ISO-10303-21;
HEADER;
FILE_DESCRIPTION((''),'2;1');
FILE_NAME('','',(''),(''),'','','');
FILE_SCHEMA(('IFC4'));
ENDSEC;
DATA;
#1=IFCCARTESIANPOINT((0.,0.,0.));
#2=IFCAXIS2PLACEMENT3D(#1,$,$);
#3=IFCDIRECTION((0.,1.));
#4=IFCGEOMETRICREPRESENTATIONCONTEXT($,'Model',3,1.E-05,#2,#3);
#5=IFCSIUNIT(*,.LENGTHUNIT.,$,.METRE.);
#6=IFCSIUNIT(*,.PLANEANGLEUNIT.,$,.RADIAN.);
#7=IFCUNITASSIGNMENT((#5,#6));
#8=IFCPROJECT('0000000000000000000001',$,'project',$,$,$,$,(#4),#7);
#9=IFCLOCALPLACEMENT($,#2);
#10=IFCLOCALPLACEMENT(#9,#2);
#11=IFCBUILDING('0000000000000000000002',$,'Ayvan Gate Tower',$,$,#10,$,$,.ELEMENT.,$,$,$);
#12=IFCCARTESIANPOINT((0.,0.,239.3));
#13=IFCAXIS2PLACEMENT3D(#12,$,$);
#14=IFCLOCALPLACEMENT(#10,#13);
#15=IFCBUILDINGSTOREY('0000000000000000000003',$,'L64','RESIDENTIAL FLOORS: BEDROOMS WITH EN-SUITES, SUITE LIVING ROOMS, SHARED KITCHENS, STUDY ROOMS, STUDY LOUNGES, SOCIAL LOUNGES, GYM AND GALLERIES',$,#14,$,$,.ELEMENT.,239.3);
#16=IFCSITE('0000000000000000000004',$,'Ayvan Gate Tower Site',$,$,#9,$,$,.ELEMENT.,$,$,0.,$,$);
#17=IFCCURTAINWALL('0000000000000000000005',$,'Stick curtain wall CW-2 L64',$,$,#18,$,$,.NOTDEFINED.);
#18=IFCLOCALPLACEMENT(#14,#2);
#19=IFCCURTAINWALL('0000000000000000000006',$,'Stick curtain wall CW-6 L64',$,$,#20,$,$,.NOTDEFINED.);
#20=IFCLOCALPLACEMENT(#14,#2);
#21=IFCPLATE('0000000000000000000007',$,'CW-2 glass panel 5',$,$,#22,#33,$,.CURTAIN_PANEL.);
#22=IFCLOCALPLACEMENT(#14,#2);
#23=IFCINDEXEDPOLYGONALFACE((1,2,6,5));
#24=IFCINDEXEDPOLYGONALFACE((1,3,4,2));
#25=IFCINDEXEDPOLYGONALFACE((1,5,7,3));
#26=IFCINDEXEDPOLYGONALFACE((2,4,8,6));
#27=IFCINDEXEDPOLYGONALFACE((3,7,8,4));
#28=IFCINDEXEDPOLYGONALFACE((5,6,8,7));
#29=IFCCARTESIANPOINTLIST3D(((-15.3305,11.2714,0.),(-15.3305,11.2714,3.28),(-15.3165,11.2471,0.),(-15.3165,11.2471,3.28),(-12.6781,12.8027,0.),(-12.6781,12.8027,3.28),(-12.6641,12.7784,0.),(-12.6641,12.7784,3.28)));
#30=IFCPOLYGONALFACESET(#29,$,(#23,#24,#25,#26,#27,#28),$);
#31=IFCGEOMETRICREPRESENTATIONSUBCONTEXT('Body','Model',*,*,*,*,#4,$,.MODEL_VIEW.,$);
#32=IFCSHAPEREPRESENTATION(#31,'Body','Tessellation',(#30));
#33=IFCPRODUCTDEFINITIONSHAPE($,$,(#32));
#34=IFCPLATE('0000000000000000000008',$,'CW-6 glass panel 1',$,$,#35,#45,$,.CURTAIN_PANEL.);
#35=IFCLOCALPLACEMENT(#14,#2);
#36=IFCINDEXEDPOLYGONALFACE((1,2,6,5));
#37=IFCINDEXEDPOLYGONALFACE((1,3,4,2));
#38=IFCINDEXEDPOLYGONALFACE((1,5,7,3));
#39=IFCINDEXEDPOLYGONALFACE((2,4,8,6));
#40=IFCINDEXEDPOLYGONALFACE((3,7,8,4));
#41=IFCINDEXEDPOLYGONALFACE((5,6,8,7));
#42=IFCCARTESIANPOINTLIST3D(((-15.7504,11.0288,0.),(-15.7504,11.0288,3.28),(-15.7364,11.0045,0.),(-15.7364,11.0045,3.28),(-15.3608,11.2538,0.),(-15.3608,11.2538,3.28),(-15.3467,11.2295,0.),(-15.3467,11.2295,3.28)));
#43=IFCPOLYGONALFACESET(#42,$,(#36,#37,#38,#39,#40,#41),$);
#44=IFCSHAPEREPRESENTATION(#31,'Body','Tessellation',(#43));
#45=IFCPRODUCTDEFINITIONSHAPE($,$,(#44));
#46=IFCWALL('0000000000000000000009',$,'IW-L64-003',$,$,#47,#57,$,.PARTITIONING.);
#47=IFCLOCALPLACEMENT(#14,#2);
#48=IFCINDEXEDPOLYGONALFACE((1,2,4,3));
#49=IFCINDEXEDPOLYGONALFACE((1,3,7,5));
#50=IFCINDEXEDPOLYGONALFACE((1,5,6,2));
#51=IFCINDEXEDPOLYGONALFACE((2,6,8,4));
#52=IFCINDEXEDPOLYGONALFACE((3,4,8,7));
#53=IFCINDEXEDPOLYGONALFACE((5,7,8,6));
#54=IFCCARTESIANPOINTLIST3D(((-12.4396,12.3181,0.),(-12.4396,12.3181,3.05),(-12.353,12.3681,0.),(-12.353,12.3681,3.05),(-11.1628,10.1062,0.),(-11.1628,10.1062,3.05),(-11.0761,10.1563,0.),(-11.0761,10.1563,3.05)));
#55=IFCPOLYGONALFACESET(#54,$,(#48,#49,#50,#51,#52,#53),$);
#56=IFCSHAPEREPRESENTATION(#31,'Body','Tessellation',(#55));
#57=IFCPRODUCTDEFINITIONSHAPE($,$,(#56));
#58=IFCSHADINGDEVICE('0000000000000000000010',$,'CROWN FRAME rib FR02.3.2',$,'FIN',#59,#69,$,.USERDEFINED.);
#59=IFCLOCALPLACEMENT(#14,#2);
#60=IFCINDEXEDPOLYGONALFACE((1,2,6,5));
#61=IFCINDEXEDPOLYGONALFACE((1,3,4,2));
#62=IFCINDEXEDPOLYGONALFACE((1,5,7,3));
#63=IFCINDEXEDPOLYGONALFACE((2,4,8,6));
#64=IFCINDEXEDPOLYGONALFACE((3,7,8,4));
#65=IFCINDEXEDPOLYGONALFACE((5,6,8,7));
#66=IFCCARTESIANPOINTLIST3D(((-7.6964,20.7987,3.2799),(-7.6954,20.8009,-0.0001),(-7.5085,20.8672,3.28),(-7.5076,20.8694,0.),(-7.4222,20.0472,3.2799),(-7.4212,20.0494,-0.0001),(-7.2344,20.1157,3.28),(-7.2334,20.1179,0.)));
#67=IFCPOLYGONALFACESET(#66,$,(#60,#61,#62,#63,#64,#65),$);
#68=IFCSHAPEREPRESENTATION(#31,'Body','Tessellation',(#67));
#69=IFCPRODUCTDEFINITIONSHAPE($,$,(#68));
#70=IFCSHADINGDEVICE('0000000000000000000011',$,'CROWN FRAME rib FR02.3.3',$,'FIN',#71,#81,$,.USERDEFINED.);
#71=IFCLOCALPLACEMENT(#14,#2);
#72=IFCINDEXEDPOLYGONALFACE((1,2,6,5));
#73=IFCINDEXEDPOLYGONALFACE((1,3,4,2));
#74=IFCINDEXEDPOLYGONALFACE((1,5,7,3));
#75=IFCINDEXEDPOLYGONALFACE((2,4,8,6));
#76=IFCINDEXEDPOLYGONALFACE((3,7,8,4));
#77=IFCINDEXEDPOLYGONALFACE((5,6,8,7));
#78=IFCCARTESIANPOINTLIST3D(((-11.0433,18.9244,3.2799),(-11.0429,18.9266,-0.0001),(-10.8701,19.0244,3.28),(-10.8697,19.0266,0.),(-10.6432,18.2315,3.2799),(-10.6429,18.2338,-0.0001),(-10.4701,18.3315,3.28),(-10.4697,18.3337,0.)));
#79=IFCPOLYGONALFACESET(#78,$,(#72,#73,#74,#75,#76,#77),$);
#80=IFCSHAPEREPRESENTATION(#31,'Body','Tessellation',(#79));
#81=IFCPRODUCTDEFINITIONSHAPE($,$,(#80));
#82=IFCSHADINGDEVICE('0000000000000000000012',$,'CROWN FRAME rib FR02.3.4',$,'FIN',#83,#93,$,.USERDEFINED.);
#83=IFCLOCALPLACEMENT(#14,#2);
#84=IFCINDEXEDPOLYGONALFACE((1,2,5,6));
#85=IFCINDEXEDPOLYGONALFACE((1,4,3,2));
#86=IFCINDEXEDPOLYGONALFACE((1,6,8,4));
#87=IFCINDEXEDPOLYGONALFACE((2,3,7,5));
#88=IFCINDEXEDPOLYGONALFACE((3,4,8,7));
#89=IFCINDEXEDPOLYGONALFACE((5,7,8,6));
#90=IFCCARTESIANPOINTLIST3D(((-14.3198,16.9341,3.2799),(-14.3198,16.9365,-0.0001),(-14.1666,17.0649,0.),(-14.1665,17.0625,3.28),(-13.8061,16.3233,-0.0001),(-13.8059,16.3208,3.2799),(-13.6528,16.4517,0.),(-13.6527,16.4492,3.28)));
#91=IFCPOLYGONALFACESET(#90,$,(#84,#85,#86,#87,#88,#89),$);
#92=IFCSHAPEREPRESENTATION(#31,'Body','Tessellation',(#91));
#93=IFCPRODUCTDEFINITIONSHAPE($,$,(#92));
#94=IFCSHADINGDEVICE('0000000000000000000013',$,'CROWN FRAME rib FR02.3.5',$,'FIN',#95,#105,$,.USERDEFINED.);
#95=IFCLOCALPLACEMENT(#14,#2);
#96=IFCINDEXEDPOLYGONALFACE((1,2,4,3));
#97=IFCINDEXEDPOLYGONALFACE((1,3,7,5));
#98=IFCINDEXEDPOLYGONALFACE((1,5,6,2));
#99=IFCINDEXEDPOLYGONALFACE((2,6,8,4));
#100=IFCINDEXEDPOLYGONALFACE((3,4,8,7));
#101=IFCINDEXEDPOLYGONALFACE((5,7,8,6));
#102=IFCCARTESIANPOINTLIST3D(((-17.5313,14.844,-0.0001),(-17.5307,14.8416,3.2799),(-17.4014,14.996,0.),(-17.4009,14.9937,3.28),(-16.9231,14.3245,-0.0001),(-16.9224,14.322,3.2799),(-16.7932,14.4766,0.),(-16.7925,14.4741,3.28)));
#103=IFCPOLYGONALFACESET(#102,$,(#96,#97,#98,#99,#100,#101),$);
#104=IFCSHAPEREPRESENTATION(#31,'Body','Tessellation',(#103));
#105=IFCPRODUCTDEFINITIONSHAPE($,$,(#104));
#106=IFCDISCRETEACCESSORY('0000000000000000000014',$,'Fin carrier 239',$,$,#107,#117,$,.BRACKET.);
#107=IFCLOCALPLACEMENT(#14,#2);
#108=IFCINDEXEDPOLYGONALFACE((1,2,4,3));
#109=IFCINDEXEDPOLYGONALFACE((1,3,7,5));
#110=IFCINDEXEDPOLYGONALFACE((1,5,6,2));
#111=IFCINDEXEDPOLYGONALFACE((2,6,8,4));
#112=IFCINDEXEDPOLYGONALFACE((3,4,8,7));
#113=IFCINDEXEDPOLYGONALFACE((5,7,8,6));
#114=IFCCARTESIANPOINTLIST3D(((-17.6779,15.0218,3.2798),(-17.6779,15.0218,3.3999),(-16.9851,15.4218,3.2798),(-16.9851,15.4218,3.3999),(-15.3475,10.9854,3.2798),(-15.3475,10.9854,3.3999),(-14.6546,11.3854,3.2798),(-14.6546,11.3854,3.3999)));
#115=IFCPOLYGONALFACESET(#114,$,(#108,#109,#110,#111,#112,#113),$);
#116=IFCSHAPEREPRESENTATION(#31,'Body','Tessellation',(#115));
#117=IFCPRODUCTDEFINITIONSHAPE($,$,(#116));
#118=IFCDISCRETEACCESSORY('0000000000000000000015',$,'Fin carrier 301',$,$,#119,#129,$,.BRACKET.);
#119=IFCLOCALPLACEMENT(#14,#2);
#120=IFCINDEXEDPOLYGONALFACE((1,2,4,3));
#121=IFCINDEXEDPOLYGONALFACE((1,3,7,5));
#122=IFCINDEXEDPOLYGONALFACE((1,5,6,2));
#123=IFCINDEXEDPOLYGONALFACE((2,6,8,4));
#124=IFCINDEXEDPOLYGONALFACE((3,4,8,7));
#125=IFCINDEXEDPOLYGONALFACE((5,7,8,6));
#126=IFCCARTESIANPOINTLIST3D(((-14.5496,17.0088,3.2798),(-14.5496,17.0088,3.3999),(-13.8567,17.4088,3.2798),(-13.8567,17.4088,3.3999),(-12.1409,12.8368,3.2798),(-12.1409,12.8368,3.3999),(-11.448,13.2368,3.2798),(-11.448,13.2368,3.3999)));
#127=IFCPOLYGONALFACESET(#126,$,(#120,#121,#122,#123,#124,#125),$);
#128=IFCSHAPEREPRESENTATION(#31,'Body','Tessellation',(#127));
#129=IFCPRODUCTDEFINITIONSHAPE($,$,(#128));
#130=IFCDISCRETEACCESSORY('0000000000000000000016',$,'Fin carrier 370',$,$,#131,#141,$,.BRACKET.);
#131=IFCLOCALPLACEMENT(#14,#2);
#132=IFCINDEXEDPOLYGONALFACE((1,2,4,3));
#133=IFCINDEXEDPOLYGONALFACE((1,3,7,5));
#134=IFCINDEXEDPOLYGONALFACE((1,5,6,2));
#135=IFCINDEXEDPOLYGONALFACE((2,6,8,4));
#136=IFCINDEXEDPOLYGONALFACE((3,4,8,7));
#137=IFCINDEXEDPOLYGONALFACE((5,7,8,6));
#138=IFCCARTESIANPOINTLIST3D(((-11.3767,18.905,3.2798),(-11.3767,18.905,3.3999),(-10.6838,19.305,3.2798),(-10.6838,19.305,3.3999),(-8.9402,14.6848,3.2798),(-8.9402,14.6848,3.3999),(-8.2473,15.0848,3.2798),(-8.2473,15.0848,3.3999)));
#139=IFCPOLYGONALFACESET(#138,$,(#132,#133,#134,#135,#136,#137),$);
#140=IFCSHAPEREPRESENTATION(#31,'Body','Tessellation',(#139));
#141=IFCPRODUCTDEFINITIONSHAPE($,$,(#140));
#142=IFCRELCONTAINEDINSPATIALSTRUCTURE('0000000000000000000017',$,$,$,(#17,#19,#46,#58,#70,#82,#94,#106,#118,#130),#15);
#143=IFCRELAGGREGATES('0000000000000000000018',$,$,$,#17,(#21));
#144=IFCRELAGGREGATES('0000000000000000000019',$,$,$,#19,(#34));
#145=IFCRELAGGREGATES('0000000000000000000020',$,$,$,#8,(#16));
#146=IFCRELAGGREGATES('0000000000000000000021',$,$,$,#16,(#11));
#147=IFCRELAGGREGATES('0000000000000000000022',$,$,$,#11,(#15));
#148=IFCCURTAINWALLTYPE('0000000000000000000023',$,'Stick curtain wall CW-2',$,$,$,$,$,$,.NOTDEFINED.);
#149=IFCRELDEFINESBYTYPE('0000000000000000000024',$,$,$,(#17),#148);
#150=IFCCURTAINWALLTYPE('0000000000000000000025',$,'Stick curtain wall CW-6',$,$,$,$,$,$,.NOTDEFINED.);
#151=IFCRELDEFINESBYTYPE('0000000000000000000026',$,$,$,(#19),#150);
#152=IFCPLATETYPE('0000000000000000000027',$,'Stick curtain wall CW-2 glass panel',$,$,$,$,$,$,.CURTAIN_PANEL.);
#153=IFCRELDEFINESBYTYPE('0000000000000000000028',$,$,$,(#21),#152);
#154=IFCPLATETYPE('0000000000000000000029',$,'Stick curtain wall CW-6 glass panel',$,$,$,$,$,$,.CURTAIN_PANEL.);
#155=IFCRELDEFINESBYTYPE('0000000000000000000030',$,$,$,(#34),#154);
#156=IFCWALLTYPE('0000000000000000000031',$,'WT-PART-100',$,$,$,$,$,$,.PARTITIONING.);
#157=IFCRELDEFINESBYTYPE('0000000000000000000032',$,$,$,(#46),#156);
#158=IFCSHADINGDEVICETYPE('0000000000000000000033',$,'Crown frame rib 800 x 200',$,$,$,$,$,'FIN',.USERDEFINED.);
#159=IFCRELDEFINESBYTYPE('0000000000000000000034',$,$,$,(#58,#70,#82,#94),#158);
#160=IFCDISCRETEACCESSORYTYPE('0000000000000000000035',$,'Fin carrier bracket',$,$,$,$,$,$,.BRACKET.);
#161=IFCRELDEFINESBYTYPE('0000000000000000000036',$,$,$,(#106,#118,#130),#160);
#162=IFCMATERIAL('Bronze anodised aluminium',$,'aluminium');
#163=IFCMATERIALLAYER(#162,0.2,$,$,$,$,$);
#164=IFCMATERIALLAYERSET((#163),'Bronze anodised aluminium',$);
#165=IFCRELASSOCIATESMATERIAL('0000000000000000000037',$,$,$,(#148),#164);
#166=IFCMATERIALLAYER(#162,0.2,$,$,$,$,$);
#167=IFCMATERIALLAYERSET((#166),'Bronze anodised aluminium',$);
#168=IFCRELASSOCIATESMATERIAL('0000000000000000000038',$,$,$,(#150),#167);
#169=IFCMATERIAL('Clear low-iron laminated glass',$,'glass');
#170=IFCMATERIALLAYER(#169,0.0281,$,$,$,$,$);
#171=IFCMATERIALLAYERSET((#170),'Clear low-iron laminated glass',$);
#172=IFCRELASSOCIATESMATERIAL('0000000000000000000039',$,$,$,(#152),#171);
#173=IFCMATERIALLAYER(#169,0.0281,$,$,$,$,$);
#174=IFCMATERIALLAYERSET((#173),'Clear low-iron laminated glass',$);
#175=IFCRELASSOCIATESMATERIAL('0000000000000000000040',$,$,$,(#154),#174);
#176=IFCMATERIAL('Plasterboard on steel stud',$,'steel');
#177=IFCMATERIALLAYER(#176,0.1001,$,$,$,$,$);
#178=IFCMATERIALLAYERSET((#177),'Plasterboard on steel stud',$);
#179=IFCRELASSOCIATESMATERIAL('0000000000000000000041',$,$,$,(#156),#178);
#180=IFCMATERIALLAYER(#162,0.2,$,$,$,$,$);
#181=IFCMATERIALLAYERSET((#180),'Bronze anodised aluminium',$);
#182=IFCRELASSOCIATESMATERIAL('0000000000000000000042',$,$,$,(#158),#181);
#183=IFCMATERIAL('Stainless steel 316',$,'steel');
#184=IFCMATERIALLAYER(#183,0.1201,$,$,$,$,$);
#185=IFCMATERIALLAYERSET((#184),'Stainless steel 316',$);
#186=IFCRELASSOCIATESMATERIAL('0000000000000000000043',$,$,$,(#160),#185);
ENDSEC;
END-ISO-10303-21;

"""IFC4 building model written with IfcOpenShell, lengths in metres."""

from ifc_helpers import new_model, si_unit, direction, frame, frame_2d, origin, origin_2d, place, context, subcontext, project, spatial, polyline, rectangle, outline, extrude, material, layer, layer_set, type_object, element, aggregate, save


model = new_model("IFC4")

# Units and contexts
model_context = context("Model", 3, precision=1e-05, world=origin(), true_north=direction((0.0, 1.0)))
body_context = subcontext(model_context, "Body", "Model", "MODEL_VIEW")
ifc_project = project(units=[si_unit("LENGTHUNIT", "METRE"), si_unit("PLANEANGLEUNIT", "RADIAN")], contexts=[model_context])

# Site, building, storey
site_placement = place(None, origin())
site = spatial("IfcSite", under=ifc_project, at=site_placement, Name="Ayvan Gate Tower Site", CompositionType="ELEMENT", RefElevation=0.0)
building_placement = place(site_placement, origin())
building = spatial("IfcBuilding", under=site, at=building_placement, Name="Ayvan Gate Tower", CompositionType="ELEMENT")
storey_placement = place(building_placement, frame((0.0, 0.0, 239.3)))
storey = spatial("IfcBuildingStorey", under=building, at=storey_placement, Name="L64", Description="RESIDENTIAL FLOORS: BEDROOMS WITH EN-SUITES, SUITE LIVING ROOMS, SHARED KITCHENS, STUDY ROOMS, STUDY LOUNGES, SOCIAL LOUNGES, GYM AND GALLERIES", CompositionType="ELEMENT", Elevation=239.3)

# Curtain walls
ifc_material_1 = material(Name="Bronze anodised aluminium", Category="aluminium")
ifc_layer_1 = layer(ifc_material_1, 0.2)
ifc_layer_set_1 = layer_set([ifc_layer_1], Name="Bronze anodised aluminium")
curtain_wall_type_1 = type_object("IfcCurtainWallType", Name="Stick curtain wall CW-2", PredefinedType="NOTDEFINED", material=ifc_layer_set_1)
curtain_wall_1_placement = place(storey_placement, origin())
curtain_wall_1 = element("IfcCurtainWall", 1, at=curtain_wall_1_placement, inside=storey, type_object=curtain_wall_type_1, Name="Stick curtain wall CW-2 L64", PredefinedType="NOTDEFINED")
ifc_layer_2 = layer(ifc_material_1, 0.2)
ifc_layer_set_2 = layer_set([ifc_layer_2], Name="Bronze anodised aluminium")
curtain_wall_type_2 = type_object("IfcCurtainWallType", Name="Stick curtain wall CW-6", PredefinedType="NOTDEFINED", material=ifc_layer_set_2)
curtain_wall_2_placement = place(storey_placement, origin())
curtain_wall_2 = element("IfcCurtainWall", 2, at=curtain_wall_2_placement, inside=storey, type_object=curtain_wall_type_2, Name="Stick curtain wall CW-6 L64", PredefinedType="NOTDEFINED")

# Plates
ifc_material_2 = material(Name="Clear low-iron laminated glass", Category="glass")
ifc_layer_3 = layer(ifc_material_2, 0.0281)
ifc_layer_set_3 = layer_set([ifc_layer_3], Name="Clear low-iron laminated glass")
plate_type_1 = type_object("IfcPlateType", Name="Stick curtain wall CW-2 glass panel", PredefinedType="CURTAIN_PANEL", material=ifc_layer_set_3)
plate_1_placement = place(storey_placement, frame((-13.9973, 12.0249, 0.0), z_axis=(0.0, 0.0, 1.0), x_axis=(-0.866025, -0.5, 0.0)))
plate_1 = element("IfcPlate", 3, at=plate_1_placement, type_object=plate_type_1, Name="CW-2 glass panel 5", PredefinedType="CURTAIN_PANEL", context=body_context, shape_type="SweptSolid", body=[
    extrude(rectangle(XDim=3.0627, YDim=0.0281, at=origin_2d()), origin(), (0.0, 0.0, 1.0), 3.28),
])
aggregate(curtain_wall_1, [plate_1])
ifc_layer_4 = layer(ifc_material_2, 0.0281)
ifc_layer_set_4 = layer_set([ifc_layer_4], Name="Clear low-iron laminated glass")
plate_type_2 = type_object("IfcPlateType", Name="Stick curtain wall CW-6 glass panel", PredefinedType="CURTAIN_PANEL", material=ifc_layer_set_4)
plate_2_placement = place(storey_placement, frame((-15.5486, 11.1292, 0.0), z_axis=(0.0, 0.0, 1.0), x_axis=(-0.866025, -0.5, 0.0)))
plate_2 = element("IfcPlate", 4, at=plate_2_placement, type_object=plate_type_2, Name="CW-6 glass panel 1", PredefinedType="CURTAIN_PANEL", context=body_context, shape_type="SweptSolid", body=[
    extrude(rectangle(XDim=0.45, YDim=0.0281, at=origin_2d()), origin(), (0.0, 0.0, 1.0), 3.28),
])
aggregate(curtain_wall_2, [plate_2])

# Wall
ifc_material_3 = material(Name="Plasterboard on steel stud", Category="steel")
ifc_layer_5 = layer(ifc_material_3, 0.1001)
ifc_layer_set_5 = layer_set([ifc_layer_5], Name="Plasterboard on steel stud")
wall_type = type_object("IfcWallType", Name="WT-PART-100", PredefinedType="PARTITIONING", material=ifc_layer_set_5)
wall_placement = place(storey_placement, frame((-12.3962, 12.343, 0.0), z_axis=(0.0, 0.0, 1.0), x_axis=(0.499943, -0.866058, 0.0)))
element("IfcWall", 5, at=wall_placement, inside=storey, type_object=wall_type, Name="IW-L64-003", PredefinedType="PARTITIONING", context=body_context, shape_type="SweptSolid", body=[
    extrude(rectangle(XDim=2.554, YDim=0.1001, at=frame_2d((1.2769, 0.0))), origin(), (0.0, 0.0, 1.0), 3.05),
])

# Shading devices
ifc_layer_6 = layer(ifc_material_1, 0.2)
ifc_layer_set_6 = layer_set([ifc_layer_6], Name="Bronze anodised aluminium")
shading_device_type = type_object("IfcShadingDeviceType", Name="Crown frame rib 800 x 200", ElementType="FIN", PredefinedType="USERDEFINED", material=ifc_layer_set_6)
shading_device_1_placement = place(storey_placement, frame((-7.2334, 20.1179, 0.0), z_axis=(0.939427, 0.342748, 0.000509), x_axis=(-0.342748, 0.939428, 0.0)))
element("IfcShadingDevice", 6, at=shading_device_1_placement, inside=storey, type_object=shading_device_type, Name="CROWN FRAME rib FR02.3.2", ObjectType="FIN", PredefinedType="USERDEFINED", context=body_context, shape_type="SweptSolid", body=[
    extrude(outline(polyline([(0.0, 0.0), (0.7999, 0.0), (0.7982, 3.28), (-0.0017, 3.28), (0.0, 0.0)])), origin(), (0.0, 0.0, -1.0), 0.2),
])
shading_device_2_placement = place(storey_placement, frame((-10.4697, 18.3337, 0.0), z_axis=(0.866028, 0.499995, 0.000432), x_axis=(-0.499995, 0.866028, 0.0)))
element("IfcShadingDevice", 7, at=shading_device_2_placement, inside=storey, type_object=shading_device_type, Name="CROWN FRAME rib FR02.3.3", ObjectType="FIN", PredefinedType="USERDEFINED", context=body_context, shape_type="SweptSolid", body=[
    extrude(outline(polyline([(0.0, 0.0), (0.8, 0.0), (0.7983, 3.28), (-0.0018, 3.28), (0.0, 0.0)])), origin(), (0.0, 0.0, -1.0), 0.2),
])
shading_device_3_placement = place(storey_placement, frame((-13.6528, 16.4517, 0.0), z_axis=(0.766543, 0.642193, 0.000449), x_axis=(-0.642193, 0.766543, 0.0)))
element("IfcShadingDevice", 8, at=shading_device_3_placement, inside=storey, type_object=shading_device_type, Name="CROWN FRAME rib FR02.3.4", ObjectType="FIN", PredefinedType="USERDEFINED", context=body_context, shape_type="SweptSolid", body=[
    extrude(outline(polyline([(0.0, 0.0), (0.8, 0.0), (0.7981, 3.28), (-0.002, 3.28), (0.0, 0.0)])), origin(), (0.0, 0.0, -1.0), 0.2),
])
shading_device_4_placement = place(storey_placement, frame((-16.7932, 14.4766, 0.0), z_axis=(0.649458, 0.760397, 0.000445), x_axis=(-0.760397, 0.649458, 0.0)))
element("IfcShadingDevice", 9, at=shading_device_4_placement, inside=storey, type_object=shading_device_type, Name="CROWN FRAME rib FR02.3.5", ObjectType="FIN", PredefinedType="USERDEFINED", context=body_context, shape_type="SweptSolid", body=[
    extrude(outline(polyline([(0.0, 0.0), (0.7999, 0.0), (0.7979, 3.28), (-0.0021, 3.28), (0.0, 0.0)])), origin(), (0.0, 0.0, -1.0), 0.2),
])

# Discrete accessories
ifc_material_4 = material(Name="Stainless steel 316", Category="steel")
ifc_layer_7 = layer(ifc_material_4, 0.1201)
ifc_layer_set_7 = layer_set([ifc_layer_7], Name="Stainless steel 316")
discrete_accessory_type = type_object("IfcDiscreteAccessoryType", Name="Fin carrier bracket", PredefinedType="BRACKET", material=ifc_layer_set_7)
discrete_accessory_1_placement = place(storey_placement, frame((-16.1663, 13.2036, 3.2798), z_axis=(0.0, 0.0, 1.0), x_axis=(-0.866025, -0.5, 0.0)))
element("IfcDiscreteAccessory", 10, at=discrete_accessory_1_placement, inside=storey, type_object=discrete_accessory_type, Name="Fin carrier 239", PredefinedType="BRACKET", context=body_context, shape_type="SweptSolid", body=[
    extrude(rectangle(XDim=0.8, YDim=4.6609, at=origin_2d()), origin(), (0.0, 0.0, 1.0), 0.1201),
])
discrete_accessory_2_placement = place(storey_placement, frame((-12.9988, 15.1228, 3.2798), z_axis=(0.0, 0.0, 1.0), x_axis=(-0.866025, -0.5, 0.0)))
element("IfcDiscreteAccessory", 11, at=discrete_accessory_2_placement, inside=storey, type_object=discrete_accessory_type, Name="Fin carrier 301", PredefinedType="BRACKET", context=body_context, shape_type="SweptSolid", body=[
    extrude(rectangle(XDim=0.8, YDim=4.8174, at=origin_2d()), origin(), (0.0, 0.0, 1.0), 0.1201),
])
discrete_accessory_3_placement = place(storey_placement, frame((-9.812, 16.9949, 3.2798), z_axis=(0.0, 0.0, 1.0), x_axis=(-0.866025, -0.5, 0.0)))
element("IfcDiscreteAccessory", 12, at=discrete_accessory_3_placement, inside=storey, type_object=discrete_accessory_type, Name="Fin carrier 370", PredefinedType="BRACKET", context=body_context, shape_type="SweptSolid", body=[
    extrude(rectangle(XDim=0.8, YDim=4.873, at=origin_2d()), origin(), (0.0, 0.0, 1.0), 0.1201),
])

save(model, "model.ifc")
